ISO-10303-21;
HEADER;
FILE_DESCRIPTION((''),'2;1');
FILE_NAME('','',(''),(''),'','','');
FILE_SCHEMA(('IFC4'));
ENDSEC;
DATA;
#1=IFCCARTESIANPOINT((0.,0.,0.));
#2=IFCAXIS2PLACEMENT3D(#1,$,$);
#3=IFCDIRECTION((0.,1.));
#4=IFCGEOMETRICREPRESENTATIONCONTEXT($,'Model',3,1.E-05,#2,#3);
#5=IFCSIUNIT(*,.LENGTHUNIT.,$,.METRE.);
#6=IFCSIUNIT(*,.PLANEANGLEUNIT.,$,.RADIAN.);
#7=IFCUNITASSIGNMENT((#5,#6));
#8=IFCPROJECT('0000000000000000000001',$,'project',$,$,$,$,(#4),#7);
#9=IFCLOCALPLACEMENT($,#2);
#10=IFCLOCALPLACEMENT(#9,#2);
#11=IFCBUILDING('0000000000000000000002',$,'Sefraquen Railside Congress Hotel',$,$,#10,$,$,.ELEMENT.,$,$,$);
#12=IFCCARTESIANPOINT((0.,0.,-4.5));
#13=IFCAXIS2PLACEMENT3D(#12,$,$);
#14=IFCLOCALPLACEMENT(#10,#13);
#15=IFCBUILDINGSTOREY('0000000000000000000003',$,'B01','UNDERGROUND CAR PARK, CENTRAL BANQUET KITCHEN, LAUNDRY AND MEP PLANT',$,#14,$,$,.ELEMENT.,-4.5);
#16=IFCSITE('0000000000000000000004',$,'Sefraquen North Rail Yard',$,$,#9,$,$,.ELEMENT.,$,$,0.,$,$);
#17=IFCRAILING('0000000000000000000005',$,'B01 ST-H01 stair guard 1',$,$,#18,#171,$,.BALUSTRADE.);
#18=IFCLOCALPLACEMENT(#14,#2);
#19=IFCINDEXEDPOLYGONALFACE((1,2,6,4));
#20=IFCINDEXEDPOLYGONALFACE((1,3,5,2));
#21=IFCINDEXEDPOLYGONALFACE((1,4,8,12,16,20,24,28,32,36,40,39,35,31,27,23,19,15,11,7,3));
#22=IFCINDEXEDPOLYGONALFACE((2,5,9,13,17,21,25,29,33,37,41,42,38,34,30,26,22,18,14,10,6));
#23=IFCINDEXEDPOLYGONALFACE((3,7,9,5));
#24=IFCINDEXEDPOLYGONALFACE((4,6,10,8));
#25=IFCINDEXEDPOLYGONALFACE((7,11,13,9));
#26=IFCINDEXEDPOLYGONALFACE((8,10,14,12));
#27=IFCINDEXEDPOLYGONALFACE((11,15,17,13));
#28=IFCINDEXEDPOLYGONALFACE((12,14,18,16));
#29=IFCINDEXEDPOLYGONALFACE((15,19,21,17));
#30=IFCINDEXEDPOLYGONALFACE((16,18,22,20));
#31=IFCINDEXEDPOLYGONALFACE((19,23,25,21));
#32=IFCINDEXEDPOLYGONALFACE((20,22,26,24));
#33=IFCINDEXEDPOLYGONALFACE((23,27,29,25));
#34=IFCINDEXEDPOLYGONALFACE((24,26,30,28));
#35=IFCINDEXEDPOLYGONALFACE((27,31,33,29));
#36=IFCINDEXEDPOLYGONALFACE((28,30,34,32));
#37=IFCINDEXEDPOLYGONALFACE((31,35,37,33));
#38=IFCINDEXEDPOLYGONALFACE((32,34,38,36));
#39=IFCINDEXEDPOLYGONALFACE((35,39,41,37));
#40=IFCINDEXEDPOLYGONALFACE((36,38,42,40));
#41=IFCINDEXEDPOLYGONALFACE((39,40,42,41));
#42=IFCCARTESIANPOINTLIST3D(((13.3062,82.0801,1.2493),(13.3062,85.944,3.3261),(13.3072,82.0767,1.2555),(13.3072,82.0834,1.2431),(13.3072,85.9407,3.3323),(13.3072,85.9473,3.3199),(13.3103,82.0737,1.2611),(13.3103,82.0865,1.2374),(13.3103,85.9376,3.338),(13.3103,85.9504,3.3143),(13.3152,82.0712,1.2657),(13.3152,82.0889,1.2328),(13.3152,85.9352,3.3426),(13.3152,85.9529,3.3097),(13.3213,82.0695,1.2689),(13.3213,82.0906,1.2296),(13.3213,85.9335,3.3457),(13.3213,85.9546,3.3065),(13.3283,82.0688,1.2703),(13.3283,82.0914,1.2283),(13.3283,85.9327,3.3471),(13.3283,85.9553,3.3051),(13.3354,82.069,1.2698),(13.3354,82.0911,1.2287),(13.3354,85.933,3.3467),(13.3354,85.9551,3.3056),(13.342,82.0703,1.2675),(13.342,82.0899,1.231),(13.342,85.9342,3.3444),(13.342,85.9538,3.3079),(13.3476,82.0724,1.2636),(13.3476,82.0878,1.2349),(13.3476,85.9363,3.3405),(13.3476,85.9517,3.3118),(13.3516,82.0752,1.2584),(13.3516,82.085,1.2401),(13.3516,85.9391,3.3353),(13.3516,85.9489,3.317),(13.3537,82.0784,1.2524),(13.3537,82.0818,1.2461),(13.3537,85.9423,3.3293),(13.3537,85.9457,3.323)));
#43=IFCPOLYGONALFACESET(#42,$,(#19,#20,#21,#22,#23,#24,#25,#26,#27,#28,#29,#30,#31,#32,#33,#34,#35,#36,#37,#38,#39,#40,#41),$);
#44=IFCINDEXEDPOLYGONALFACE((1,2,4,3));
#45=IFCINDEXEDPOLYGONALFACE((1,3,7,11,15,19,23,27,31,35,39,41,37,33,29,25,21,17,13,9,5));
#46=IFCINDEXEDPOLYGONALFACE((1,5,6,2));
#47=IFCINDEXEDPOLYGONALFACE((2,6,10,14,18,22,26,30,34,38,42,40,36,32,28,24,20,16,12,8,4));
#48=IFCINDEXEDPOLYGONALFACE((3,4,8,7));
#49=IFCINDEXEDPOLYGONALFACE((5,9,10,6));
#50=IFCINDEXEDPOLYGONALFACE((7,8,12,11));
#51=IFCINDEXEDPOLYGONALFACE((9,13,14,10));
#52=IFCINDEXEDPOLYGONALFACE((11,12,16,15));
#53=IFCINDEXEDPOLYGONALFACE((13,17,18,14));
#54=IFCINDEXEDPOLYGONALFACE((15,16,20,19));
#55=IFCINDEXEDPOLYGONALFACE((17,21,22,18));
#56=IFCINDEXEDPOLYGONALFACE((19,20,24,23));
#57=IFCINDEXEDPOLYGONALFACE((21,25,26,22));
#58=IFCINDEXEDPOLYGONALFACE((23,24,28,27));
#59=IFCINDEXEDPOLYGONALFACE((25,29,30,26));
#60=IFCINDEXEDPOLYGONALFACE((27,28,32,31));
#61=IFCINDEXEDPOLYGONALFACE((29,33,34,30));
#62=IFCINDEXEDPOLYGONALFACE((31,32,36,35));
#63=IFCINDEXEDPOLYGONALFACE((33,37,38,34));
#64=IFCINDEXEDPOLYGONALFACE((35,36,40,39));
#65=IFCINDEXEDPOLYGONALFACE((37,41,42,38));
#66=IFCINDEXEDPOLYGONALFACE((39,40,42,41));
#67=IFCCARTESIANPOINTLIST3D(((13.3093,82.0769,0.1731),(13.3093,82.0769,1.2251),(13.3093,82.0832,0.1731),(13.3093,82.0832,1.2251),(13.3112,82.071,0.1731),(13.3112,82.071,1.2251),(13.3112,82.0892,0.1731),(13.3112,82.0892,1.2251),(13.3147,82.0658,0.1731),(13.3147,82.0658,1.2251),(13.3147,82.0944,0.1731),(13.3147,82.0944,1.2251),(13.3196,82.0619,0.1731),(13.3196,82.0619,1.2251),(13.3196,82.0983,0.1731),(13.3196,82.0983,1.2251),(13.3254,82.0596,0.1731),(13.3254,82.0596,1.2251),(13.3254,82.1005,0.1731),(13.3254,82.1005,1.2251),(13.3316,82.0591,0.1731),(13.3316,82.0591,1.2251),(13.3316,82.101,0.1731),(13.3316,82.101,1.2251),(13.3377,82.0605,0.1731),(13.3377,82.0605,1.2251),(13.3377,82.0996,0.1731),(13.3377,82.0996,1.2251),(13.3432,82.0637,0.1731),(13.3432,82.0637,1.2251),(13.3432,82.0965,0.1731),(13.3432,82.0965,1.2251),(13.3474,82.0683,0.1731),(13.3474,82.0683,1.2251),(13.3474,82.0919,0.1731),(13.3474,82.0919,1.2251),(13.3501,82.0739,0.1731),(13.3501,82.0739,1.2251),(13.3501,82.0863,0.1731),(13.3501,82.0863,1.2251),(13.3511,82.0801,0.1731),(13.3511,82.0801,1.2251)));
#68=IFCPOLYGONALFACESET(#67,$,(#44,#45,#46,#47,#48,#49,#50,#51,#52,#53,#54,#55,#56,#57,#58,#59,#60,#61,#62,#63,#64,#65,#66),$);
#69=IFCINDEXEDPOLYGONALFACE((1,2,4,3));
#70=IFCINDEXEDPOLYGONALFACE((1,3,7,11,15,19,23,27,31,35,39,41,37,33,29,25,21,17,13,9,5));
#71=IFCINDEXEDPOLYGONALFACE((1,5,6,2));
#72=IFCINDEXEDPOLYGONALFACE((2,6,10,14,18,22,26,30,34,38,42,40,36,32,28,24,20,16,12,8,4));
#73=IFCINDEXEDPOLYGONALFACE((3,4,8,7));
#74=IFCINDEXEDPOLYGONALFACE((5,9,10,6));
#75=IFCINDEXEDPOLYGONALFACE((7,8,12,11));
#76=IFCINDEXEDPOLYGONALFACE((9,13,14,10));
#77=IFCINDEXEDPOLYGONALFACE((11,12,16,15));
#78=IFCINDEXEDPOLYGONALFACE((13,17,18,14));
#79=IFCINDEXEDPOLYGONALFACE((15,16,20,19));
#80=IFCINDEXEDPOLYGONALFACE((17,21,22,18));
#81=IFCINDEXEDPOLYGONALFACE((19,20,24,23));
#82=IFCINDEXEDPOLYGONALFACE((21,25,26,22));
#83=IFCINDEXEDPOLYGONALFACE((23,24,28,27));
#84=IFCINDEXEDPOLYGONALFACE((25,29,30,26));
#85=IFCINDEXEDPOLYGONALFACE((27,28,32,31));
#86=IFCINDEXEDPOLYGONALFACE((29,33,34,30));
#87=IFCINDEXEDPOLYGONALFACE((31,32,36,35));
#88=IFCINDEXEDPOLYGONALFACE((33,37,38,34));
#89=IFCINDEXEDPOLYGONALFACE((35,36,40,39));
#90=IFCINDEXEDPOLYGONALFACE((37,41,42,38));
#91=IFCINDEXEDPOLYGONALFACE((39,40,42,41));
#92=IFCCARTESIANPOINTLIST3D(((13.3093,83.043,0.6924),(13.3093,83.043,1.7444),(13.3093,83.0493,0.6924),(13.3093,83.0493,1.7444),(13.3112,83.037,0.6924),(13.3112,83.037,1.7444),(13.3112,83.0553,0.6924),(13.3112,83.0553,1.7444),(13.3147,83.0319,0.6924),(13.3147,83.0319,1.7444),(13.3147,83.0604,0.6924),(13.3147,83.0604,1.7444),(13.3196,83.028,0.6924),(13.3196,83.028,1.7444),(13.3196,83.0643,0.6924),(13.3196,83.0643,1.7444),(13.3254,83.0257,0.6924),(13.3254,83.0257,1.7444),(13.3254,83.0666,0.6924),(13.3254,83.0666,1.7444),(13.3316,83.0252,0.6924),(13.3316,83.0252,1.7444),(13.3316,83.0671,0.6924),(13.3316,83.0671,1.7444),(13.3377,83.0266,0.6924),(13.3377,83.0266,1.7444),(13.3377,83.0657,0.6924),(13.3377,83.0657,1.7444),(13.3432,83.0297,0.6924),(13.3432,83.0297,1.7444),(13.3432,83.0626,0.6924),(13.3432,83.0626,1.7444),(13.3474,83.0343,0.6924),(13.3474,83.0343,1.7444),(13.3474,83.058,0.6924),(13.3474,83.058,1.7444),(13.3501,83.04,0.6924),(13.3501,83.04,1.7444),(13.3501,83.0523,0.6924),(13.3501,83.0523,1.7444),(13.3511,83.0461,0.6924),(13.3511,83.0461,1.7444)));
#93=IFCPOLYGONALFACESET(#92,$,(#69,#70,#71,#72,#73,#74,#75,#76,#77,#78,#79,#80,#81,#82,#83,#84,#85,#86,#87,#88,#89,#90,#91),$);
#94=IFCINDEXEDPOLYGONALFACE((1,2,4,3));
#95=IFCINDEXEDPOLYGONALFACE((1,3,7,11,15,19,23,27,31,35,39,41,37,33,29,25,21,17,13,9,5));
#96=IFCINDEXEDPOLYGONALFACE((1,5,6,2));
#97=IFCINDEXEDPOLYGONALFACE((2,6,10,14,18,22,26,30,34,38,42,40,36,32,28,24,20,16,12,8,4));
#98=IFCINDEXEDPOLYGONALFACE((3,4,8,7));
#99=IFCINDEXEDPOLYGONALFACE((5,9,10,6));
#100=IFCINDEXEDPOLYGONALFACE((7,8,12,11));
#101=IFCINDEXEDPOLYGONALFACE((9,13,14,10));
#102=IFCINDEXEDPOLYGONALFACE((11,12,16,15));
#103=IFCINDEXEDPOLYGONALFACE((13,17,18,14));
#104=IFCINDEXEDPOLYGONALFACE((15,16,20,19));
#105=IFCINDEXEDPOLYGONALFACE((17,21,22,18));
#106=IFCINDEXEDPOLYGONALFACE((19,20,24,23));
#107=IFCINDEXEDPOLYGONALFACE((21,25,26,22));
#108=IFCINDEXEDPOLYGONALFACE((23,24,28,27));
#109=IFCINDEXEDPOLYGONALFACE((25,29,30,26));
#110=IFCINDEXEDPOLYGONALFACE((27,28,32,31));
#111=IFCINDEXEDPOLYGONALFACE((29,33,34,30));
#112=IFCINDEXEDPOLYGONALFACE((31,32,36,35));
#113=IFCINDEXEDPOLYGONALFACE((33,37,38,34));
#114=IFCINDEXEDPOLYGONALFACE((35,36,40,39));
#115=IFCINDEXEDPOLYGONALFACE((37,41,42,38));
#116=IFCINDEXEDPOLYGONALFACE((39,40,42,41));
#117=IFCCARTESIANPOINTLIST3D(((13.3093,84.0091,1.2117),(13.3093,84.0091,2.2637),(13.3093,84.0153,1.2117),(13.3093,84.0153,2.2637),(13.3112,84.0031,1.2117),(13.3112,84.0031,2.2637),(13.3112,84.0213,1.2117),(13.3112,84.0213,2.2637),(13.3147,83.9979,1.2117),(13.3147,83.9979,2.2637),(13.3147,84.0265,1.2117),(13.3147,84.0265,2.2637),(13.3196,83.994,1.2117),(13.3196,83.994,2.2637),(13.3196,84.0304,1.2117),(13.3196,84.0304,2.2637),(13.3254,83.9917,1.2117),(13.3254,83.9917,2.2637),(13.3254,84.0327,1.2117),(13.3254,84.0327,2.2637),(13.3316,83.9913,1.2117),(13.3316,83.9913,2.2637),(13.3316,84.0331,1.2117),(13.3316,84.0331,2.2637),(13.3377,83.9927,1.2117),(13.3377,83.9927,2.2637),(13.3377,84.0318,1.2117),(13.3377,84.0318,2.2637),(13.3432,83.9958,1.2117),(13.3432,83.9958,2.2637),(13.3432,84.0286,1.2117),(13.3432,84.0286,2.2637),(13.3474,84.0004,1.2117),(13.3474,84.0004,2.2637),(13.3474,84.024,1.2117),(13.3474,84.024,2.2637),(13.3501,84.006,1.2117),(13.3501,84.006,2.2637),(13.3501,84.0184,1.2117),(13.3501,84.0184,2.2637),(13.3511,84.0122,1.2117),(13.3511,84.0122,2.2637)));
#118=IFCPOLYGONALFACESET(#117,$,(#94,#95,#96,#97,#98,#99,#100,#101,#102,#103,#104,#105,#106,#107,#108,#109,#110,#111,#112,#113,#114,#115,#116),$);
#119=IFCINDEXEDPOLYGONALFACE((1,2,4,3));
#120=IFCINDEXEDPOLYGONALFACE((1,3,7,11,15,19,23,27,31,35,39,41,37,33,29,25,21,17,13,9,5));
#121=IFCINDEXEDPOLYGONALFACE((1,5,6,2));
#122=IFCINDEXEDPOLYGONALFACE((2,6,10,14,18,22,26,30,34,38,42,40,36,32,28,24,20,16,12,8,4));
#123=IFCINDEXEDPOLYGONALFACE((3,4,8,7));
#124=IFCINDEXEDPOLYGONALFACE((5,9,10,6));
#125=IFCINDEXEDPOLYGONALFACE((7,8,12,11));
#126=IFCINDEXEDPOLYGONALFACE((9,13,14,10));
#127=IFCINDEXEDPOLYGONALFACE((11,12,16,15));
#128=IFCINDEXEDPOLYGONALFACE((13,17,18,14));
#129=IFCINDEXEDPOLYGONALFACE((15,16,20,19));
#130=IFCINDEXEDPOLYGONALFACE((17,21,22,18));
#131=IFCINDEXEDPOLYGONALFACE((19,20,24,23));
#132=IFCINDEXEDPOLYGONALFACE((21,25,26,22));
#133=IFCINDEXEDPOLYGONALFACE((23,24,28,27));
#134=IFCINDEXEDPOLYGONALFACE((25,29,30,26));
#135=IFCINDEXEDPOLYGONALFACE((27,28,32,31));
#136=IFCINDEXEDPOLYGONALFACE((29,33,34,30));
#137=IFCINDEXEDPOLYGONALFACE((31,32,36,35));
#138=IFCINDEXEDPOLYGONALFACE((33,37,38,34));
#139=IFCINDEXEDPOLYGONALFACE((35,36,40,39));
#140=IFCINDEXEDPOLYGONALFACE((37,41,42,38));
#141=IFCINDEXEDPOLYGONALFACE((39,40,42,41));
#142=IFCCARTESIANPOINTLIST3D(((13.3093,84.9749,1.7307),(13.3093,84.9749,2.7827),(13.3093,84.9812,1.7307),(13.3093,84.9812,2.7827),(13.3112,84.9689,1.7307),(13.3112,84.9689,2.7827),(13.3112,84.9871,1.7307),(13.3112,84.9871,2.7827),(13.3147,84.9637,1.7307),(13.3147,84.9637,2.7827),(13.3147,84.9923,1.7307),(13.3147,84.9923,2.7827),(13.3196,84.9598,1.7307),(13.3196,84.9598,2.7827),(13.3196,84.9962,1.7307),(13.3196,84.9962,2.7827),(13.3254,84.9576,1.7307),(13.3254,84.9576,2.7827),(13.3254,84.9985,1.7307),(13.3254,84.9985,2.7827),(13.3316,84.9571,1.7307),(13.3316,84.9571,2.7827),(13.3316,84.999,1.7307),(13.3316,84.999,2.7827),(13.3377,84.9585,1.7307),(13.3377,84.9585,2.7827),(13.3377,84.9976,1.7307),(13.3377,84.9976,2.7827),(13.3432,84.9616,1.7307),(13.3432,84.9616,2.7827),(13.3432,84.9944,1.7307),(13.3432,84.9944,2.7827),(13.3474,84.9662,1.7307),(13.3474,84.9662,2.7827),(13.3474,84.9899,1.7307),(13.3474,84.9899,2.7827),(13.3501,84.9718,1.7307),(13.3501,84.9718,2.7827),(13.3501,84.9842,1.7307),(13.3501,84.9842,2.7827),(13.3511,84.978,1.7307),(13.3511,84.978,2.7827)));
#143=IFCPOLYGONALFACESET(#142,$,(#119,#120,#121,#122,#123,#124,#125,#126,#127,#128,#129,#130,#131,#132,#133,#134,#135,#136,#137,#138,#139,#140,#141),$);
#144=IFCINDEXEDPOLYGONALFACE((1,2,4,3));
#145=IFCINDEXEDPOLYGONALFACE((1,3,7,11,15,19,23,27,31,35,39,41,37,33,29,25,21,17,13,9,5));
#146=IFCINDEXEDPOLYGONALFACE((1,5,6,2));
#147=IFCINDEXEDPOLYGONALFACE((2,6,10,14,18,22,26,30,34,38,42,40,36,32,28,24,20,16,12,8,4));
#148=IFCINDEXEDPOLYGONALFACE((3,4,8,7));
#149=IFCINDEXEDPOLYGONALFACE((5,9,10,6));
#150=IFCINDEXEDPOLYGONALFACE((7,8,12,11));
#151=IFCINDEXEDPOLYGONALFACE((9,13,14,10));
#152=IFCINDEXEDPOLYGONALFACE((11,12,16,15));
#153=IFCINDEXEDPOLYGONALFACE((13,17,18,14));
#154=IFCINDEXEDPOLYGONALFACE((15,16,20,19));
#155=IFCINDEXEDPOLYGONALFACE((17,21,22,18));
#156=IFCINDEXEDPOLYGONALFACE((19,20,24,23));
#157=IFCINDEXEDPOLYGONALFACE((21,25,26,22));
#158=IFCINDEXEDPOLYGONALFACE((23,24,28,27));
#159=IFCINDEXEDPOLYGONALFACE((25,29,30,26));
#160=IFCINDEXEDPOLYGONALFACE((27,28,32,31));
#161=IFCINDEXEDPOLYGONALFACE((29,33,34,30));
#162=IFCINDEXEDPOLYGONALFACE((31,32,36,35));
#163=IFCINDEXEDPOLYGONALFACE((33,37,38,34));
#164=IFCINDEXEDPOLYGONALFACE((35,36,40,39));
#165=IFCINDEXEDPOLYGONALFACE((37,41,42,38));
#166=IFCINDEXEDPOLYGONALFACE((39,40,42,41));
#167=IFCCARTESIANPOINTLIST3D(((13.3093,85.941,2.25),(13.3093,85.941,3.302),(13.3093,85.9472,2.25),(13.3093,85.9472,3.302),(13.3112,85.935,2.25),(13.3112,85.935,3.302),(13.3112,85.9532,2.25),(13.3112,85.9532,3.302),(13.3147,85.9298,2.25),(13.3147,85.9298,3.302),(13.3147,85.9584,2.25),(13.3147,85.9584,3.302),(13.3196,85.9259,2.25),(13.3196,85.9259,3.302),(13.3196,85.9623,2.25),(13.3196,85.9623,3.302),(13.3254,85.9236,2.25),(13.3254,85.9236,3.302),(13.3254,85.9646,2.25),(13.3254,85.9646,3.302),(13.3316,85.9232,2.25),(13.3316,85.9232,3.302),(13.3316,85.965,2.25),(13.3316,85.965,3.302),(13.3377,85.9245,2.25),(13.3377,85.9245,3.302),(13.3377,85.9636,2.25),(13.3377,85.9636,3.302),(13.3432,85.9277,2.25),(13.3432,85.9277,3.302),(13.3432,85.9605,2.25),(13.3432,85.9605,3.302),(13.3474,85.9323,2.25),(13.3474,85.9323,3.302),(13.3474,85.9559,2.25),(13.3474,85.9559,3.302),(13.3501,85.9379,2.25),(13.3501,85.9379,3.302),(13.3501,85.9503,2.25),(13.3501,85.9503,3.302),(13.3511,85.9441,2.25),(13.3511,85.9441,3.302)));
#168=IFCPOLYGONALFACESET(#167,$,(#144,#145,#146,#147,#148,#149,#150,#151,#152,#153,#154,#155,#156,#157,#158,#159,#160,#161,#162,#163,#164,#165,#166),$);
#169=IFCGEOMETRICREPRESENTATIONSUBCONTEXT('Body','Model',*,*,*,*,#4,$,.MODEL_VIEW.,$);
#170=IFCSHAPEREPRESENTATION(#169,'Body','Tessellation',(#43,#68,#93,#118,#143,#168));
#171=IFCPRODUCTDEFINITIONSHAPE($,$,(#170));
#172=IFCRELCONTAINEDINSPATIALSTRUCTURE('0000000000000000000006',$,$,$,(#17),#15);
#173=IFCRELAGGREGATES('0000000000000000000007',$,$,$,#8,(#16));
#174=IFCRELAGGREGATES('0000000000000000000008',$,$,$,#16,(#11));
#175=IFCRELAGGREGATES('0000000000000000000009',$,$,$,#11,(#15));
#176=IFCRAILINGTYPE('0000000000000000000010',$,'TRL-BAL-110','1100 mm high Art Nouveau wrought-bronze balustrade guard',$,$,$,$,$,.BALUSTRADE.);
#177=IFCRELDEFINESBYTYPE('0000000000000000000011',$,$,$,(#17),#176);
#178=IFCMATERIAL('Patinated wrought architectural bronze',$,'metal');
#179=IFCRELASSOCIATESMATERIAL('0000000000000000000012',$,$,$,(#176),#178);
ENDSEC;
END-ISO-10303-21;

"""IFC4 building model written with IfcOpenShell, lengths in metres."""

from ifc_helpers import new_model, si_unit, direction, frame, origin, origin_2d, place, context, subcontext, project, spatial, circle, extrude, material, type_object, element, save


model = new_model("IFC4")

# Units and contexts
model_context = context("Model", 3, precision=1e-05, world=origin(), true_north=direction((0.0, 1.0)))
body_context = subcontext(model_context, "Body", "Model", "MODEL_VIEW")
ifc_project = project(units=[si_unit("LENGTHUNIT", "METRE"), si_unit("PLANEANGLEUNIT", "RADIAN")], contexts=[model_context])

# Site, building, storey
site_placement = place(None, origin())
site = spatial("IfcSite", under=ifc_project, at=site_placement, Name="Sefraquen North Rail Yard", CompositionType="ELEMENT", RefElevation=0.0)
building_placement = place(site_placement, origin())
building = spatial("IfcBuilding", under=site, at=building_placement, Name="Sefraquen Railside Congress Hotel", CompositionType="ELEMENT")
storey_placement = place(building_placement, frame((0.0, 0.0, -4.5)))
storey = spatial("IfcBuildingStorey", under=building, at=storey_placement, Name="B01", Description="UNDERGROUND CAR PARK, CENTRAL BANQUET KITCHEN, LAUNDRY AND MEP PLANT", CompositionType="ELEMENT", Elevation=-4.5)

# Railing
ifc_material_1 = material(Name="Patinated wrought architectural bronze", Category="metal")
railing_type_1 = type_object("IfcRailingType", Name="TRL-BAL-110", Description="1100 mm high Art Nouveau wrought-bronze balustrade guard", PredefinedType="BALUSTRADE", material=ifc_material_1)
railing_1_placement = place(storey_placement, frame((13.3301, 82.0801, 0.1731)))
element("IfcRailing", 1, at=railing_1_placement, inside=storey, type_object=railing_type_1, Name="B01 ST-H01 stair guard 1", PredefinedType="BALUSTRADE", context=body_context, shape_type="SweptSolid", body=[
    extrude(circle(Radius=0.0239, at=origin_2d()), frame((0.0, 0.0, 1.0762), z_axis=(0.0, 0.880825, 0.473443), x_axis=(-1.0, 0.0, 0.0)), (0.0, 0.0, 1.0), 4.3867),
    extrude(circle(Radius=0.021, at=origin_2d()), origin(), (0.0, 0.0, 1.0), 1.052),
    extrude(circle(Radius=0.021, at=origin_2d()), frame((0.0, 0.9661, 0.5193)), (0.0, 0.0, 1.0), 1.052),
    extrude(circle(Radius=0.021, at=origin_2d()), frame((0.0, 1.9321, 1.0386)), (0.0, 0.0, 1.0), 1.052),
    extrude(circle(Radius=0.021, at=origin_2d()), frame((0.0, 2.8979, 1.5576)), (0.0, 0.0, 1.0), 1.052),
    extrude(circle(Radius=0.021, at=origin_2d()), frame((0.0, 3.864, 2.0769)), (0.0, 0.0, 1.0), 1.052),
])

save(model, "model.ifc")
